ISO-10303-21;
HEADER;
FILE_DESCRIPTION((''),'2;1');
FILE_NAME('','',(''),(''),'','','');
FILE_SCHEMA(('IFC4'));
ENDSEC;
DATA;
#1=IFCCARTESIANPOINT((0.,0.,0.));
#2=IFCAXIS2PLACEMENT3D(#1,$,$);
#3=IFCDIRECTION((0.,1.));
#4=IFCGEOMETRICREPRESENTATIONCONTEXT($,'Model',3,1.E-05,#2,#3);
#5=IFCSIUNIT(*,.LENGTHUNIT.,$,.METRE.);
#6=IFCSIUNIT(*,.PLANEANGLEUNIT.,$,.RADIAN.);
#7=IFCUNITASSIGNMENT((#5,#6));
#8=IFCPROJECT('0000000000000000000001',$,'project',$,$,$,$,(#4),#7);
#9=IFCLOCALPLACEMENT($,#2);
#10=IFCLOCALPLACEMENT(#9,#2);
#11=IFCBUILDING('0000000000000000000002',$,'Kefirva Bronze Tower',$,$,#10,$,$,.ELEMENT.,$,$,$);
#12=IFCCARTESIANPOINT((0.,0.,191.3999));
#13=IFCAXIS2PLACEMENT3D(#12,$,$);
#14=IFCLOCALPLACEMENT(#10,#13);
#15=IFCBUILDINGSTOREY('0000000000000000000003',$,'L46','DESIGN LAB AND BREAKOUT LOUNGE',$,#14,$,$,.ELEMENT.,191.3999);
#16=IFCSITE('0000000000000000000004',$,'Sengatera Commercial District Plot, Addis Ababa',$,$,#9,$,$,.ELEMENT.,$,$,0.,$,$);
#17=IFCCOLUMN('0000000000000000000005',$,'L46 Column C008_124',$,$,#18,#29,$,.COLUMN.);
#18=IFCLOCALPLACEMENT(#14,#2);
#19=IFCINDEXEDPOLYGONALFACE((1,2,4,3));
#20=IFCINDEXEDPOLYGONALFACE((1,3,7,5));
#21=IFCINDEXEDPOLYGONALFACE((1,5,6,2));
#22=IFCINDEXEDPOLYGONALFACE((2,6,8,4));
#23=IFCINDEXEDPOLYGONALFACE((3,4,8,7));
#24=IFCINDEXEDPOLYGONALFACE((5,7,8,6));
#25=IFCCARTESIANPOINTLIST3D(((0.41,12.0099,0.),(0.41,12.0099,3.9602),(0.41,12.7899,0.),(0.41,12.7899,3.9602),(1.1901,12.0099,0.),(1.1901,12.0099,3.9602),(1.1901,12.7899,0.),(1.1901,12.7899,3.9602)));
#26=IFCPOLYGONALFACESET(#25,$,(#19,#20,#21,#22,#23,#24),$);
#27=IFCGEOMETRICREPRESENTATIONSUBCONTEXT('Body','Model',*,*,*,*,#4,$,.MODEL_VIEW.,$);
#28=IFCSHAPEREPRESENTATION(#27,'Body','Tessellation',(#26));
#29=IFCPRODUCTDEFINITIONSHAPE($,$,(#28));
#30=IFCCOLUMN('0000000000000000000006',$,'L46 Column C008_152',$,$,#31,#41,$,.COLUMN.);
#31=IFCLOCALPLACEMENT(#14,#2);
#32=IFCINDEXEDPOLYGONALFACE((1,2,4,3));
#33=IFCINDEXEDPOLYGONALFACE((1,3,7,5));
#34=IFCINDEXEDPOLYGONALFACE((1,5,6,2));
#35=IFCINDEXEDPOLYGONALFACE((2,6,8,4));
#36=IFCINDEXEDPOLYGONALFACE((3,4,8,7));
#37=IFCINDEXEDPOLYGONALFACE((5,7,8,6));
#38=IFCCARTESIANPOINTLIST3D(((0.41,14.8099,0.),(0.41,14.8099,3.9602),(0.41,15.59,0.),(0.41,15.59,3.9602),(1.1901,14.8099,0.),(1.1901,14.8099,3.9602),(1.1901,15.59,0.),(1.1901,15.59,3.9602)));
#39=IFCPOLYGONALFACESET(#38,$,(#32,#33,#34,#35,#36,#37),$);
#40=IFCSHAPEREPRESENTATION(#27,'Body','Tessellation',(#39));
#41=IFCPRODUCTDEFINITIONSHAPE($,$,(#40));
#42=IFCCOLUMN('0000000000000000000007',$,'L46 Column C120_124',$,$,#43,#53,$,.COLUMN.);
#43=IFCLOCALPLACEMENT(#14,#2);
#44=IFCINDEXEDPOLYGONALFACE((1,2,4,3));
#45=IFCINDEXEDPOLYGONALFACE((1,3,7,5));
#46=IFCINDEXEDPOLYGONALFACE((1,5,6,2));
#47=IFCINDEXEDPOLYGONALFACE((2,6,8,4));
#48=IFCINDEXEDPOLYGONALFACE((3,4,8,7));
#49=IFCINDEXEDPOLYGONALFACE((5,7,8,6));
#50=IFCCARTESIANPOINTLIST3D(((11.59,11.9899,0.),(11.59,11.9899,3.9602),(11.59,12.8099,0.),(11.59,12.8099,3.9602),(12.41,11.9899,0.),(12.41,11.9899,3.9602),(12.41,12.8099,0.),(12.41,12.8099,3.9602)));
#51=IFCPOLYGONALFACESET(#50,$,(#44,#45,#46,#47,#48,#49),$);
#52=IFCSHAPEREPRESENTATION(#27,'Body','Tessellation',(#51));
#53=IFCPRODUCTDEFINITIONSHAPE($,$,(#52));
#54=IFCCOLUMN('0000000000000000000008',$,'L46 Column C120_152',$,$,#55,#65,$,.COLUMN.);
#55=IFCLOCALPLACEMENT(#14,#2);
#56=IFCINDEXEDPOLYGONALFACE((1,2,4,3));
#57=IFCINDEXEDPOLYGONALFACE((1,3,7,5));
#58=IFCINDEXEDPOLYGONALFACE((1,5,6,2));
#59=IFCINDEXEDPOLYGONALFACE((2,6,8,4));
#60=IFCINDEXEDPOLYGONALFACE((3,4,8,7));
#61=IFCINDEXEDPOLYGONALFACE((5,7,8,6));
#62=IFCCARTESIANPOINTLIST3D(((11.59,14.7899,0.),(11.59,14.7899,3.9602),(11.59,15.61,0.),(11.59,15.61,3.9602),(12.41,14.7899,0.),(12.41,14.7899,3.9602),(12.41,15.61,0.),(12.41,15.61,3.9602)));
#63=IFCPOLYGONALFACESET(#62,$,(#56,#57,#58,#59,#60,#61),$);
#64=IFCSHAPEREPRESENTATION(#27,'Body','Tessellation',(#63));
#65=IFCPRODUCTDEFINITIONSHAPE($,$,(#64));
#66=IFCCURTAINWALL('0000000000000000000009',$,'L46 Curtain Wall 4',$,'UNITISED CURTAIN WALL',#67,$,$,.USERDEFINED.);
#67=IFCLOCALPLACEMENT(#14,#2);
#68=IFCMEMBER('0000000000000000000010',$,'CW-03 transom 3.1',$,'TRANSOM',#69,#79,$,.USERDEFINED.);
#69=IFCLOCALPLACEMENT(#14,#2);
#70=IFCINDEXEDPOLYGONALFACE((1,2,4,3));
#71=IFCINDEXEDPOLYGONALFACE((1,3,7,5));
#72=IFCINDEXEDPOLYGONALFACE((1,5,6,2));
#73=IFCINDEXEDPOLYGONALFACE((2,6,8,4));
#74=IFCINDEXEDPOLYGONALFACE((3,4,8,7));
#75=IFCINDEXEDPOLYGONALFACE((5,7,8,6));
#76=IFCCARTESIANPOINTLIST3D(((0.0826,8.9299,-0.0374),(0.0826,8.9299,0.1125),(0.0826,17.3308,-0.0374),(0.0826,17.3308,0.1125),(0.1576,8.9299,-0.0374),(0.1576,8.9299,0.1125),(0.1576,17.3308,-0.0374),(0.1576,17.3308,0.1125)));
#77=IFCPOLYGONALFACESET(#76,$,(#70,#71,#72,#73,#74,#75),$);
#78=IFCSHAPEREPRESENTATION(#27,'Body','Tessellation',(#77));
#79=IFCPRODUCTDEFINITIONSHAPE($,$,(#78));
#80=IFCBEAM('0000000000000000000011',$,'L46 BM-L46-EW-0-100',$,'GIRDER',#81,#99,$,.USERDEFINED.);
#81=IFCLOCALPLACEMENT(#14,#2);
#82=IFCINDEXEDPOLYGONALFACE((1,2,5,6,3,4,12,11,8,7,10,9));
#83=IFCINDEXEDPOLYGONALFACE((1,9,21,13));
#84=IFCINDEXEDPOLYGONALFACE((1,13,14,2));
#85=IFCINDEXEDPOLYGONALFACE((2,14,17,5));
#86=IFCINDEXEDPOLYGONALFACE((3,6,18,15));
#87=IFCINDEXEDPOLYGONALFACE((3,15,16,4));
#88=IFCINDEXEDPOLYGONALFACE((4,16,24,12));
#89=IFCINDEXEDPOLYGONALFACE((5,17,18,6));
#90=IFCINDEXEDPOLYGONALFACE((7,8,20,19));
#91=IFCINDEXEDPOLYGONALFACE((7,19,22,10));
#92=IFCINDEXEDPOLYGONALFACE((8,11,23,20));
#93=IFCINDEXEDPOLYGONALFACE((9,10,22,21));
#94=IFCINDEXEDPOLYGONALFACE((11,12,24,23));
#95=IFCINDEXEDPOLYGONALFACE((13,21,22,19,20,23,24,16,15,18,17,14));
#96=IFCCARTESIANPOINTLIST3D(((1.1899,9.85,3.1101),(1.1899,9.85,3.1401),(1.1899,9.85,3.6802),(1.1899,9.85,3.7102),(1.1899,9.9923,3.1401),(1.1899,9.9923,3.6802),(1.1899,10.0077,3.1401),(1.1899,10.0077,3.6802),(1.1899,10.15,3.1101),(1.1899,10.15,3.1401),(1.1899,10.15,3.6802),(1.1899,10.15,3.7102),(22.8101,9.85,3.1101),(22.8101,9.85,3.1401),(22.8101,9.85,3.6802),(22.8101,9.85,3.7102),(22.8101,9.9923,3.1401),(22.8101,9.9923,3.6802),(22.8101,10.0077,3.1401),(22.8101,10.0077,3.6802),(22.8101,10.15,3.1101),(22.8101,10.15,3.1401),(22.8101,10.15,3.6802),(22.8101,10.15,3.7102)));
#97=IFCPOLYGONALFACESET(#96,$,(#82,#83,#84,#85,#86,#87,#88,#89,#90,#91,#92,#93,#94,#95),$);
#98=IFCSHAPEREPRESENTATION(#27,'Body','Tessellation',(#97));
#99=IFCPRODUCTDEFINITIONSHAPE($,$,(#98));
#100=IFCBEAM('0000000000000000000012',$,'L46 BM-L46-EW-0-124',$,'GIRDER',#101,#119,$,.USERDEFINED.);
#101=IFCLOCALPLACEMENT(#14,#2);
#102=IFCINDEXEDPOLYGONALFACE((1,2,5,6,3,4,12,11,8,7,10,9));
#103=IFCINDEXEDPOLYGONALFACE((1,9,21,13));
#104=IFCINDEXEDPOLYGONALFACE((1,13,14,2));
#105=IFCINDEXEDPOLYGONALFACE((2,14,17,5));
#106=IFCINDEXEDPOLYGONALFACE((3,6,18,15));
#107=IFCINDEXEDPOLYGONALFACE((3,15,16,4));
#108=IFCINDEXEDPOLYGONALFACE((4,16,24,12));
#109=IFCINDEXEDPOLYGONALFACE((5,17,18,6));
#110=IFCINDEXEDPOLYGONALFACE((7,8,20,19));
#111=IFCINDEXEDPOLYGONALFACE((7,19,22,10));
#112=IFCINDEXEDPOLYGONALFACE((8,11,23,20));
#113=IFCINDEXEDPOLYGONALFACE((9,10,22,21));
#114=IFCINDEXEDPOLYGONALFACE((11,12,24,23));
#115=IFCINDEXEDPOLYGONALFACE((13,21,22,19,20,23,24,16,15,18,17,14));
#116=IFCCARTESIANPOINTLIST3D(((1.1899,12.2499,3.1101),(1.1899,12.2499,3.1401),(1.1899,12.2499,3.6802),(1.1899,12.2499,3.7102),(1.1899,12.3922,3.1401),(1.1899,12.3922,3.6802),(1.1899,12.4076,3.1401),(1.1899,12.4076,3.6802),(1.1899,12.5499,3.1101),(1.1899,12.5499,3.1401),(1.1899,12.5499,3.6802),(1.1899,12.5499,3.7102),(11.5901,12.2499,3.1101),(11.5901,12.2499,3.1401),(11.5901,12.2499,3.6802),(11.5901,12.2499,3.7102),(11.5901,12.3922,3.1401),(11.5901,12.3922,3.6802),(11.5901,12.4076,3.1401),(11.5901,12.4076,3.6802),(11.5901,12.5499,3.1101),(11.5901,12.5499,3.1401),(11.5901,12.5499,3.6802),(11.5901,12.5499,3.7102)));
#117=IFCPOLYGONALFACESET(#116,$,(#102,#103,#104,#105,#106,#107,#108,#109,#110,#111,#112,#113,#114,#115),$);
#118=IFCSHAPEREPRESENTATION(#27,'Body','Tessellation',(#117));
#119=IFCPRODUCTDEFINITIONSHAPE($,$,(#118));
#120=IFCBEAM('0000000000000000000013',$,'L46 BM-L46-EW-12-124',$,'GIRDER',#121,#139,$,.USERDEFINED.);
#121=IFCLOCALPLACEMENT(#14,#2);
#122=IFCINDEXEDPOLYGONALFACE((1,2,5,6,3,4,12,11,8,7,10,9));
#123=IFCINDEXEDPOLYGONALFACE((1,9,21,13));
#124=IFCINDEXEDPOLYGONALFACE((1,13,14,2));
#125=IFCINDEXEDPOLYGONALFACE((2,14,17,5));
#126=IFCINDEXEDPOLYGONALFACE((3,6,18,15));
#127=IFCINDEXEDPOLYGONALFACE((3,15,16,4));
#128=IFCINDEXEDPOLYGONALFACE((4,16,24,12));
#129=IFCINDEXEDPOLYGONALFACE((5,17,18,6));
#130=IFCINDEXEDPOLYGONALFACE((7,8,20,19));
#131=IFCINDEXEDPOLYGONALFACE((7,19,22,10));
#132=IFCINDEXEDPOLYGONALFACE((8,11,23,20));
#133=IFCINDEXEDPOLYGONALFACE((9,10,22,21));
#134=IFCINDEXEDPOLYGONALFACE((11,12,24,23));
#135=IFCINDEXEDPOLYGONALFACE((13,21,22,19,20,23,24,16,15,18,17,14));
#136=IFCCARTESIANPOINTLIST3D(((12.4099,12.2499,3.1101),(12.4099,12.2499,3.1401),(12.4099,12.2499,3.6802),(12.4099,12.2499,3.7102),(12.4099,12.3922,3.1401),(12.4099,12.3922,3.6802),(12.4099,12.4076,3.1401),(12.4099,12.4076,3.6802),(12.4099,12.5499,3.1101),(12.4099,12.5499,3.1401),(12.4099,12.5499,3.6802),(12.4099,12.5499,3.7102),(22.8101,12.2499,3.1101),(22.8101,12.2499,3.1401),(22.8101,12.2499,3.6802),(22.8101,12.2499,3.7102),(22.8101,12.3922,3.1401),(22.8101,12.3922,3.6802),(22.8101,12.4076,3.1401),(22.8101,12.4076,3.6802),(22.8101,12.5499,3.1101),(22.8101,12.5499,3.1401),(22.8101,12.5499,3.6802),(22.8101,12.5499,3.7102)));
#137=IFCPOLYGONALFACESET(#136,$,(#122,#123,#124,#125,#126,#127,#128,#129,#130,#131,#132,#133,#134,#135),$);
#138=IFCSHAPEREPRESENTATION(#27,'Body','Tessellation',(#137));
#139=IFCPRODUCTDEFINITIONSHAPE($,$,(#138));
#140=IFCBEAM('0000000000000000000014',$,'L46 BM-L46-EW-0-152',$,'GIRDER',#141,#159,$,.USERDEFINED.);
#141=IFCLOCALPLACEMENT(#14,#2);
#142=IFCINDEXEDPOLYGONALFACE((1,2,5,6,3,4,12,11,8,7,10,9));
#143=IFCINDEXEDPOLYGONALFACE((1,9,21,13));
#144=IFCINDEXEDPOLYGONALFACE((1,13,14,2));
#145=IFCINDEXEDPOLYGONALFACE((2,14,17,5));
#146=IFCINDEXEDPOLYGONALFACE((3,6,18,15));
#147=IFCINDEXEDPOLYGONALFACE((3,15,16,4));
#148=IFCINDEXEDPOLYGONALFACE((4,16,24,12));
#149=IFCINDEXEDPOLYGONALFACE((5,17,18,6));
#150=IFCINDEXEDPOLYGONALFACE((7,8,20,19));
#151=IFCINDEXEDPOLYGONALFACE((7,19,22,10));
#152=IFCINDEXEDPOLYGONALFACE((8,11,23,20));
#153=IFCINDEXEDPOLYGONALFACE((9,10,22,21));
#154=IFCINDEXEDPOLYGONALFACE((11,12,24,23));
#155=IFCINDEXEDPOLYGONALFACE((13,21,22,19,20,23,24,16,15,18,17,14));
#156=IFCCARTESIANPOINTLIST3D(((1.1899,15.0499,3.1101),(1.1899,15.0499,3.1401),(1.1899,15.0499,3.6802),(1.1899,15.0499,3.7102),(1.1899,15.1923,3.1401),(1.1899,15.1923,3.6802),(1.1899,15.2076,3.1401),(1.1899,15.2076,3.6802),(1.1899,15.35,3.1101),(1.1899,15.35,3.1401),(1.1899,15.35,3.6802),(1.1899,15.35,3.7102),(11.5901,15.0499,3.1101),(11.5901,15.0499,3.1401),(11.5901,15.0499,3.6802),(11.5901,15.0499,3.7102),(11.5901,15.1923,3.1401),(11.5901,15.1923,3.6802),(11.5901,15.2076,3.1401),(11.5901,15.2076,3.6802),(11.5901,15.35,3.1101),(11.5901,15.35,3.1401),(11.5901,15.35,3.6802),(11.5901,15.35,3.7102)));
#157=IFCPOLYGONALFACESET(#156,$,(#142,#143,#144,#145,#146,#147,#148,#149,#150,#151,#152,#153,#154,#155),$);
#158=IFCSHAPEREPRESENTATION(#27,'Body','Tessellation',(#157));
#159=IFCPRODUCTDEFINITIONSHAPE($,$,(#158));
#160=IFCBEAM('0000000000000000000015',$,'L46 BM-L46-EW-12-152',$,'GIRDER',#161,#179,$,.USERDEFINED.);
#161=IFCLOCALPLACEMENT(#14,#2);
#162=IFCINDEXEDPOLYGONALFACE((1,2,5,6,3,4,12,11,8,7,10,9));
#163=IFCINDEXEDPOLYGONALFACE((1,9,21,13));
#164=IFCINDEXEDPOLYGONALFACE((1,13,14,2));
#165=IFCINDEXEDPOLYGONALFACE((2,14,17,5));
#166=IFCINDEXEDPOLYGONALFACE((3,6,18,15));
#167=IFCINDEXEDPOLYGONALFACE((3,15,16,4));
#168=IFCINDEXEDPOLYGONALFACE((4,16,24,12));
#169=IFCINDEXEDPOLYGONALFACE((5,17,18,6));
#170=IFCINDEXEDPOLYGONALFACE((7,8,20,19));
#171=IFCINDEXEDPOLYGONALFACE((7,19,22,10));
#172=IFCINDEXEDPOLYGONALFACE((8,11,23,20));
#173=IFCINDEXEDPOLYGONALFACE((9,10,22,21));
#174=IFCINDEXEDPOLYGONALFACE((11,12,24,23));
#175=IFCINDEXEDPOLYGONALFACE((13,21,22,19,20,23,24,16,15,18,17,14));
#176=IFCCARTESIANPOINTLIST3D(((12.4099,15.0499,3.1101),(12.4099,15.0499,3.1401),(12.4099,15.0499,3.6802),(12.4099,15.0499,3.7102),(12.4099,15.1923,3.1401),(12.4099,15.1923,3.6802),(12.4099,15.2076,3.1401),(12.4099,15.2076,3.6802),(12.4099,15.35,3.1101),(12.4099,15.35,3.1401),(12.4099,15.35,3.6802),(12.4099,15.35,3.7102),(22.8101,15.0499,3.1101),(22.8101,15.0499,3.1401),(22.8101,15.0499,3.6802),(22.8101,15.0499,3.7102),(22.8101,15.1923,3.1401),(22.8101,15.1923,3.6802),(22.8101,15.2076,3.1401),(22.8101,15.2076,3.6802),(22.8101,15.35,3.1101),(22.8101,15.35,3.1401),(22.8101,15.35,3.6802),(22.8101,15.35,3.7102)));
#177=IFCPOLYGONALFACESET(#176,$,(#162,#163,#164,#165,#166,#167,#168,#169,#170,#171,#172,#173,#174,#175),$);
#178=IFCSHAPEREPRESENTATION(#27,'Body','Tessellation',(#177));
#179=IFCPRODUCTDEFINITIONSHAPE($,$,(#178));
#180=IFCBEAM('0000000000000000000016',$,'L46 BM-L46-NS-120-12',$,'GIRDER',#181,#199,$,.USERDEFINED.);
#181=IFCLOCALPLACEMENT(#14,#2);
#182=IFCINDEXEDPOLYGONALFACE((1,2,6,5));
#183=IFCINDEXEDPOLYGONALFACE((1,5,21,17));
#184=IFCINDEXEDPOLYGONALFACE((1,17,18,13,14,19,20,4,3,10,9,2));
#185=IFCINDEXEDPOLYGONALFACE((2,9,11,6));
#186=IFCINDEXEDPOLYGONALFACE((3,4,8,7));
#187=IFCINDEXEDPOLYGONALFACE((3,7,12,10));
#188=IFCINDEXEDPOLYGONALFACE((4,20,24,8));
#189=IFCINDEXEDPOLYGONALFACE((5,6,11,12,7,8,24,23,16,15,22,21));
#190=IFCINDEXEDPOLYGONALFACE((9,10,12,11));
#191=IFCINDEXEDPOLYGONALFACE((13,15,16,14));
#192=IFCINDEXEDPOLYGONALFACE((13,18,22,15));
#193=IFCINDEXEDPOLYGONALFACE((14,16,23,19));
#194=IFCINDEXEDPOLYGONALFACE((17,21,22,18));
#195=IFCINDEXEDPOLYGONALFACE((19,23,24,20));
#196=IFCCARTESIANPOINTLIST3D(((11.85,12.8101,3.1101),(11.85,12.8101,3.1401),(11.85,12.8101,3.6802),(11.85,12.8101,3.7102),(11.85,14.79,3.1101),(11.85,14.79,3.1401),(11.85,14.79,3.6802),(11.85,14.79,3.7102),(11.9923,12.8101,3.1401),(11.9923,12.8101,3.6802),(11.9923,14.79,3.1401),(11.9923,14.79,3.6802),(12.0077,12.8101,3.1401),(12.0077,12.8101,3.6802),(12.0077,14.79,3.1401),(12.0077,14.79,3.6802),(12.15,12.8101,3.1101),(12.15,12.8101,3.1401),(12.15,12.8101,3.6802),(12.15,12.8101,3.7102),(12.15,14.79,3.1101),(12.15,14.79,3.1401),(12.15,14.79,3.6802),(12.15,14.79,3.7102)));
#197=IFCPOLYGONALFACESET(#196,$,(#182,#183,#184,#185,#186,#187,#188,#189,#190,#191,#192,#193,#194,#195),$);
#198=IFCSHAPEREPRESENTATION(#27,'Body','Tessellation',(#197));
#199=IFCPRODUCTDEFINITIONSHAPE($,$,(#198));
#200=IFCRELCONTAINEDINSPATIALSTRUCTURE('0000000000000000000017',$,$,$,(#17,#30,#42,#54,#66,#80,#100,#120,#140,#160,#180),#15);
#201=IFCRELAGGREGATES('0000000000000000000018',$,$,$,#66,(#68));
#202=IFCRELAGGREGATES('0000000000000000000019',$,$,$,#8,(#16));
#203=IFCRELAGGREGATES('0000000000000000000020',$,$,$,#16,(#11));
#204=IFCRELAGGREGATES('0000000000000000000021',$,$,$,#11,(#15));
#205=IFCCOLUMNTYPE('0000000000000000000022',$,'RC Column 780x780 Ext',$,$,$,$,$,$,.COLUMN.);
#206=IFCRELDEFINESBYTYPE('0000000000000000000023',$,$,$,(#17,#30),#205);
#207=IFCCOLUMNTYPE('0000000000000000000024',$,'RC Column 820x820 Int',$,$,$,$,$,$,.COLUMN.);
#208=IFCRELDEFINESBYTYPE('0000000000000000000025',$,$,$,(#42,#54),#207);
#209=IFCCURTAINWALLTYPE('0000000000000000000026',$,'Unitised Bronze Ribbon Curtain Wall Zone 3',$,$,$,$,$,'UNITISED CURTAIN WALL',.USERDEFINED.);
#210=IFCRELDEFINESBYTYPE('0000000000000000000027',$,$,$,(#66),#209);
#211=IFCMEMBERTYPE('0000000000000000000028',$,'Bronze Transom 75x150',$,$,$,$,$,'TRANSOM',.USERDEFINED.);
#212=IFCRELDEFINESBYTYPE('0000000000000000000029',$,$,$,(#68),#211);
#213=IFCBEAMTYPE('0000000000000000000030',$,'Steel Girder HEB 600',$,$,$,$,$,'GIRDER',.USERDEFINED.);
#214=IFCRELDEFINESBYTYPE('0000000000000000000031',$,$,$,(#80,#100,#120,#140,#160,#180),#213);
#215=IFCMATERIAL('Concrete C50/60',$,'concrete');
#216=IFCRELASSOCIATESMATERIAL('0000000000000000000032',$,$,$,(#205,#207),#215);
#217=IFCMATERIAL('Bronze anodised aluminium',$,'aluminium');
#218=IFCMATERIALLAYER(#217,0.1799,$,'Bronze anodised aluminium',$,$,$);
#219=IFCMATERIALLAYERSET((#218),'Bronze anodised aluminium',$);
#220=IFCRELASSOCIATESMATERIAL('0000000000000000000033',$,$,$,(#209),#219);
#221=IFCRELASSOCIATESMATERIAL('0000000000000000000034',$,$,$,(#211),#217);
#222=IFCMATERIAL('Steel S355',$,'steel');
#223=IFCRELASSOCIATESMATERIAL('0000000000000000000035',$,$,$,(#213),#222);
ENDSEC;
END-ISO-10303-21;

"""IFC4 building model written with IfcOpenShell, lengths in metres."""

from ifc_helpers import new_model, si_unit, direction, frame, origin, origin_2d, place, context, subcontext, project, spatial, rectangle, i_section, extrude, material, layer, layer_set, material_profile, profile_set, type_object, element, aggregate, save


model = new_model("IFC4")

# Units and contexts
model_context = context("Model", 3, precision=1e-05, world=origin(), true_north=direction((0.0, 1.0)))
body_context = subcontext(model_context, "Body", "Model", "MODEL_VIEW")
ifc_project = project(units=[si_unit("LENGTHUNIT", "METRE"), si_unit("PLANEANGLEUNIT", "RADIAN")], contexts=[model_context])

# Site, building, storey
site_placement = place(None, origin())
site = spatial("IfcSite", under=ifc_project, at=site_placement, Name="Sengatera Commercial District Plot, Addis Ababa", CompositionType="ELEMENT", RefElevation=0.0)
building_placement = place(site_placement, origin())
building = spatial("IfcBuilding", under=site, at=building_placement, Name="Kefirva Bronze Tower", CompositionType="ELEMENT")
storey_placement = place(building_placement, frame((0.0, 0.0, 191.3999)))
storey = spatial("IfcBuildingStorey", under=building, at=storey_placement, Name="L46", Description="DESIGN LAB AND BREAKOUT LOUNGE", CompositionType="ELEMENT", Elevation=191.3999)

# Columns
ifc_material_1 = material(Name="Concrete C50/60", Category="concrete")
ifc_material_profile_1 = material_profile(ifc_material_1, rectangle(XDim=0.78, YDim=0.78, at=origin_2d()), Name="RC 780x780")
ifc_profile_set_1 = profile_set([ifc_material_profile_1], Name="Concrete C50/60")
column_type_1 = type_object("IfcColumnType", Name="RC Column 780x780 Ext", PredefinedType="COLUMN", material=ifc_profile_set_1)
for number, where, z_axis, x_axis, name in (
    (1, (0.8, 12.3999, 0.0), (0.0, 0.0, 1.0), (1.0, 0.0, 0.0), "L46 Column C008_124"),
    (2, (0.8, 15.2, 0.0), (0.0, 0.0, 1.0), (1.0, 0.0, 0.0), "L46 Column C008_152"),
):
    element("IfcColumn", number, at=place(storey_placement, frame(where, z_axis=z_axis, x_axis=x_axis)), inside=storey, type_object=column_type_1, Name=name, PredefinedType="COLUMN", context=body_context, shape_type="SweptSolid", body=[
        extrude(rectangle(XDim=0.78, YDim=0.78, at=origin_2d()), origin(), (0.0, 0.0, 1.0), 3.9602),
    ])
ifc_material_profile_2 = material_profile(ifc_material_1, rectangle(XDim=0.8201, YDim=0.8201, at=origin_2d()), Name="RC 820x820")
ifc_profile_set_2 = profile_set([ifc_material_profile_2], Name="Concrete C50/60")
column_type_2 = type_object("IfcColumnType", Name="RC Column 820x820 Int", PredefinedType="COLUMN", material=ifc_profile_set_2)
for number, where, z_axis, x_axis, name in (
    (3, (12.0, 12.3999, 0.0), (0.0, 0.0, 1.0), (1.0, 0.0, 0.0), "L46 Column C120_124"),
    (4, (12.0, 15.2, 0.0), (0.0, 0.0, 1.0), (1.0, 0.0, 0.0), "L46 Column C120_152"),
):
    element("IfcColumn", number, at=place(storey_placement, frame(where, z_axis=z_axis, x_axis=x_axis)), inside=storey, type_object=column_type_2, Name=name, PredefinedType="COLUMN", context=body_context, shape_type="SweptSolid", body=[
        extrude(rectangle(XDim=0.8201, YDim=0.8201, at=origin_2d()), origin(), (0.0, 0.0, 1.0), 3.9602),
    ])

# Curtain wall, member
ifc_material_2 = material(Name="Bronze anodised aluminium", Category="aluminium")
ifc_layer_1 = layer(ifc_material_2, 0.1799, Name="Bronze anodised aluminium")
ifc_layer_set_1 = layer_set([ifc_layer_1], Name="Bronze anodised aluminium")
curtain_wall_type = type_object("IfcCurtainWallType", Name="Unitised Bronze Ribbon Curtain Wall Zone 3", ElementType="UNITISED CURTAIN WALL", PredefinedType="USERDEFINED", material=ifc_layer_set_1)
curtain_wall_placement = place(storey_placement, origin())
curtain_wall = element("IfcCurtainWall", 5, at=curtain_wall_placement, inside=storey, type_object=curtain_wall_type, Name="L46 Curtain Wall 4", ObjectType="UNITISED CURTAIN WALL", PredefinedType="USERDEFINED")
ifc_material_profile_3 = material_profile(ifc_material_2, rectangle(XDim=0.075, YDim=0.1499, at=origin_2d()), Name="ALU 75x150")
ifc_profile_set_3 = profile_set([ifc_material_profile_3], Name="Bronze anodised aluminium")
member_type = type_object("IfcMemberType", Name="Bronze Transom 75x150", ElementType="TRANSOM", PredefinedType="USERDEFINED", material=ifc_profile_set_3)
member_placement = place(storey_placement, frame((0.1201, 17.3308, 0.0376), z_axis=(0.0, -1.0, 0.0), x_axis=(1.0, 0.0, 0.0)))
member = element("IfcMember", 6, at=member_placement, type_object=member_type, Name="CW-03 transom 3.1", ObjectType="TRANSOM", PredefinedType="USERDEFINED", context=body_context, shape_type="SweptSolid", body=[
    extrude(rectangle(XDim=0.075, YDim=0.1499, at=origin_2d()), origin(), (0.0, 0.0, 1.0), 8.4009),
])

# Beams
ifc_material_3 = material(Name="Steel S355", Category="steel")
ifc_material_profile_4 = material_profile(ifc_material_3, i_section(OverallWidth=0.3, OverallDepth=0.6001, WebThickness=0.0154, FlangeThickness=0.03, at=origin_2d()), Name="HEB 600")
ifc_profile_set_4 = profile_set([ifc_material_profile_4], Name="Steel S355")
beam_type_1 = type_object("IfcBeamType", Name="Steel Girder HEB 600", ElementType="GIRDER", PredefinedType="USERDEFINED", material=ifc_profile_set_4)
beam_1_placement = place(storey_placement, frame((1.1899, 10.0, 3.4102), z_axis=(1.0, 0.0, 0.0), x_axis=(0.0, 1.0, 0.0)))
element("IfcBeam", 7, at=beam_1_placement, inside=storey, type_object=beam_type_1, Name="L46 BM-L46-EW-0-100", ObjectType="GIRDER", PredefinedType="USERDEFINED", context=body_context, shape_type="SweptSolid", body=[
    extrude(i_section(OverallWidth=0.3, OverallDepth=0.6001, WebThickness=0.0154, FlangeThickness=0.03, at=origin_2d()), origin(), (0.0, 0.0, 1.0), 21.6201),
])
for number, where, z_axis, x_axis, name in (
    (8, (1.1899, 12.3999, 3.4102), (1.0, 0.0, 0.0), (0.0, 1.0, 0.0), "L46 BM-L46-EW-0-124"),
    (9, (12.4099, 12.3999, 3.4102), (1.0, 0.0, 0.0), (0.0, 1.0, 0.0), "L46 BM-L46-EW-12-124"),
    (10, (1.1899, 15.2, 3.4102), (1.0, 0.0, 0.0), (0.0, 1.0, 0.0), "L46 BM-L46-EW-0-152"),
    (11, (12.4099, 15.2, 3.4102), (1.0, 0.0, 0.0), (0.0, 1.0, 0.0), "L46 BM-L46-EW-12-152"),
):
    element("IfcBeam", number, at=place(storey_placement, frame(where, z_axis=z_axis, x_axis=x_axis)), inside=storey, type_object=beam_type_1, Name=name, ObjectType="GIRDER", PredefinedType="USERDEFINED", context=body_context, shape_type="SweptSolid", body=[
        extrude(i_section(OverallWidth=0.3, OverallDepth=0.6001, WebThickness=0.0154, FlangeThickness=0.03, at=origin_2d()), origin(), (0.0, 0.0, 1.0), 10.4001),
    ])
beam_2_placement = place(storey_placement, frame((12.0, 12.8101, 3.4102), z_axis=(0.0, 1.0, 0.0), x_axis=(-1.0, 0.0, 0.0)))
element("IfcBeam", 12, at=beam_2_placement, inside=storey, type_object=beam_type_1, Name="L46 BM-L46-NS-120-12", ObjectType="GIRDER", PredefinedType="USERDEFINED", context=body_context, shape_type="SweptSolid", body=[
    extrude(i_section(OverallWidth=0.3, OverallDepth=0.6001, WebThickness=0.0154, FlangeThickness=0.03, at=origin_2d()), origin(), (0.0, 0.0, 1.0), 1.98),
])

aggregate(curtain_wall, [member])

save(model, "model.ifc")
